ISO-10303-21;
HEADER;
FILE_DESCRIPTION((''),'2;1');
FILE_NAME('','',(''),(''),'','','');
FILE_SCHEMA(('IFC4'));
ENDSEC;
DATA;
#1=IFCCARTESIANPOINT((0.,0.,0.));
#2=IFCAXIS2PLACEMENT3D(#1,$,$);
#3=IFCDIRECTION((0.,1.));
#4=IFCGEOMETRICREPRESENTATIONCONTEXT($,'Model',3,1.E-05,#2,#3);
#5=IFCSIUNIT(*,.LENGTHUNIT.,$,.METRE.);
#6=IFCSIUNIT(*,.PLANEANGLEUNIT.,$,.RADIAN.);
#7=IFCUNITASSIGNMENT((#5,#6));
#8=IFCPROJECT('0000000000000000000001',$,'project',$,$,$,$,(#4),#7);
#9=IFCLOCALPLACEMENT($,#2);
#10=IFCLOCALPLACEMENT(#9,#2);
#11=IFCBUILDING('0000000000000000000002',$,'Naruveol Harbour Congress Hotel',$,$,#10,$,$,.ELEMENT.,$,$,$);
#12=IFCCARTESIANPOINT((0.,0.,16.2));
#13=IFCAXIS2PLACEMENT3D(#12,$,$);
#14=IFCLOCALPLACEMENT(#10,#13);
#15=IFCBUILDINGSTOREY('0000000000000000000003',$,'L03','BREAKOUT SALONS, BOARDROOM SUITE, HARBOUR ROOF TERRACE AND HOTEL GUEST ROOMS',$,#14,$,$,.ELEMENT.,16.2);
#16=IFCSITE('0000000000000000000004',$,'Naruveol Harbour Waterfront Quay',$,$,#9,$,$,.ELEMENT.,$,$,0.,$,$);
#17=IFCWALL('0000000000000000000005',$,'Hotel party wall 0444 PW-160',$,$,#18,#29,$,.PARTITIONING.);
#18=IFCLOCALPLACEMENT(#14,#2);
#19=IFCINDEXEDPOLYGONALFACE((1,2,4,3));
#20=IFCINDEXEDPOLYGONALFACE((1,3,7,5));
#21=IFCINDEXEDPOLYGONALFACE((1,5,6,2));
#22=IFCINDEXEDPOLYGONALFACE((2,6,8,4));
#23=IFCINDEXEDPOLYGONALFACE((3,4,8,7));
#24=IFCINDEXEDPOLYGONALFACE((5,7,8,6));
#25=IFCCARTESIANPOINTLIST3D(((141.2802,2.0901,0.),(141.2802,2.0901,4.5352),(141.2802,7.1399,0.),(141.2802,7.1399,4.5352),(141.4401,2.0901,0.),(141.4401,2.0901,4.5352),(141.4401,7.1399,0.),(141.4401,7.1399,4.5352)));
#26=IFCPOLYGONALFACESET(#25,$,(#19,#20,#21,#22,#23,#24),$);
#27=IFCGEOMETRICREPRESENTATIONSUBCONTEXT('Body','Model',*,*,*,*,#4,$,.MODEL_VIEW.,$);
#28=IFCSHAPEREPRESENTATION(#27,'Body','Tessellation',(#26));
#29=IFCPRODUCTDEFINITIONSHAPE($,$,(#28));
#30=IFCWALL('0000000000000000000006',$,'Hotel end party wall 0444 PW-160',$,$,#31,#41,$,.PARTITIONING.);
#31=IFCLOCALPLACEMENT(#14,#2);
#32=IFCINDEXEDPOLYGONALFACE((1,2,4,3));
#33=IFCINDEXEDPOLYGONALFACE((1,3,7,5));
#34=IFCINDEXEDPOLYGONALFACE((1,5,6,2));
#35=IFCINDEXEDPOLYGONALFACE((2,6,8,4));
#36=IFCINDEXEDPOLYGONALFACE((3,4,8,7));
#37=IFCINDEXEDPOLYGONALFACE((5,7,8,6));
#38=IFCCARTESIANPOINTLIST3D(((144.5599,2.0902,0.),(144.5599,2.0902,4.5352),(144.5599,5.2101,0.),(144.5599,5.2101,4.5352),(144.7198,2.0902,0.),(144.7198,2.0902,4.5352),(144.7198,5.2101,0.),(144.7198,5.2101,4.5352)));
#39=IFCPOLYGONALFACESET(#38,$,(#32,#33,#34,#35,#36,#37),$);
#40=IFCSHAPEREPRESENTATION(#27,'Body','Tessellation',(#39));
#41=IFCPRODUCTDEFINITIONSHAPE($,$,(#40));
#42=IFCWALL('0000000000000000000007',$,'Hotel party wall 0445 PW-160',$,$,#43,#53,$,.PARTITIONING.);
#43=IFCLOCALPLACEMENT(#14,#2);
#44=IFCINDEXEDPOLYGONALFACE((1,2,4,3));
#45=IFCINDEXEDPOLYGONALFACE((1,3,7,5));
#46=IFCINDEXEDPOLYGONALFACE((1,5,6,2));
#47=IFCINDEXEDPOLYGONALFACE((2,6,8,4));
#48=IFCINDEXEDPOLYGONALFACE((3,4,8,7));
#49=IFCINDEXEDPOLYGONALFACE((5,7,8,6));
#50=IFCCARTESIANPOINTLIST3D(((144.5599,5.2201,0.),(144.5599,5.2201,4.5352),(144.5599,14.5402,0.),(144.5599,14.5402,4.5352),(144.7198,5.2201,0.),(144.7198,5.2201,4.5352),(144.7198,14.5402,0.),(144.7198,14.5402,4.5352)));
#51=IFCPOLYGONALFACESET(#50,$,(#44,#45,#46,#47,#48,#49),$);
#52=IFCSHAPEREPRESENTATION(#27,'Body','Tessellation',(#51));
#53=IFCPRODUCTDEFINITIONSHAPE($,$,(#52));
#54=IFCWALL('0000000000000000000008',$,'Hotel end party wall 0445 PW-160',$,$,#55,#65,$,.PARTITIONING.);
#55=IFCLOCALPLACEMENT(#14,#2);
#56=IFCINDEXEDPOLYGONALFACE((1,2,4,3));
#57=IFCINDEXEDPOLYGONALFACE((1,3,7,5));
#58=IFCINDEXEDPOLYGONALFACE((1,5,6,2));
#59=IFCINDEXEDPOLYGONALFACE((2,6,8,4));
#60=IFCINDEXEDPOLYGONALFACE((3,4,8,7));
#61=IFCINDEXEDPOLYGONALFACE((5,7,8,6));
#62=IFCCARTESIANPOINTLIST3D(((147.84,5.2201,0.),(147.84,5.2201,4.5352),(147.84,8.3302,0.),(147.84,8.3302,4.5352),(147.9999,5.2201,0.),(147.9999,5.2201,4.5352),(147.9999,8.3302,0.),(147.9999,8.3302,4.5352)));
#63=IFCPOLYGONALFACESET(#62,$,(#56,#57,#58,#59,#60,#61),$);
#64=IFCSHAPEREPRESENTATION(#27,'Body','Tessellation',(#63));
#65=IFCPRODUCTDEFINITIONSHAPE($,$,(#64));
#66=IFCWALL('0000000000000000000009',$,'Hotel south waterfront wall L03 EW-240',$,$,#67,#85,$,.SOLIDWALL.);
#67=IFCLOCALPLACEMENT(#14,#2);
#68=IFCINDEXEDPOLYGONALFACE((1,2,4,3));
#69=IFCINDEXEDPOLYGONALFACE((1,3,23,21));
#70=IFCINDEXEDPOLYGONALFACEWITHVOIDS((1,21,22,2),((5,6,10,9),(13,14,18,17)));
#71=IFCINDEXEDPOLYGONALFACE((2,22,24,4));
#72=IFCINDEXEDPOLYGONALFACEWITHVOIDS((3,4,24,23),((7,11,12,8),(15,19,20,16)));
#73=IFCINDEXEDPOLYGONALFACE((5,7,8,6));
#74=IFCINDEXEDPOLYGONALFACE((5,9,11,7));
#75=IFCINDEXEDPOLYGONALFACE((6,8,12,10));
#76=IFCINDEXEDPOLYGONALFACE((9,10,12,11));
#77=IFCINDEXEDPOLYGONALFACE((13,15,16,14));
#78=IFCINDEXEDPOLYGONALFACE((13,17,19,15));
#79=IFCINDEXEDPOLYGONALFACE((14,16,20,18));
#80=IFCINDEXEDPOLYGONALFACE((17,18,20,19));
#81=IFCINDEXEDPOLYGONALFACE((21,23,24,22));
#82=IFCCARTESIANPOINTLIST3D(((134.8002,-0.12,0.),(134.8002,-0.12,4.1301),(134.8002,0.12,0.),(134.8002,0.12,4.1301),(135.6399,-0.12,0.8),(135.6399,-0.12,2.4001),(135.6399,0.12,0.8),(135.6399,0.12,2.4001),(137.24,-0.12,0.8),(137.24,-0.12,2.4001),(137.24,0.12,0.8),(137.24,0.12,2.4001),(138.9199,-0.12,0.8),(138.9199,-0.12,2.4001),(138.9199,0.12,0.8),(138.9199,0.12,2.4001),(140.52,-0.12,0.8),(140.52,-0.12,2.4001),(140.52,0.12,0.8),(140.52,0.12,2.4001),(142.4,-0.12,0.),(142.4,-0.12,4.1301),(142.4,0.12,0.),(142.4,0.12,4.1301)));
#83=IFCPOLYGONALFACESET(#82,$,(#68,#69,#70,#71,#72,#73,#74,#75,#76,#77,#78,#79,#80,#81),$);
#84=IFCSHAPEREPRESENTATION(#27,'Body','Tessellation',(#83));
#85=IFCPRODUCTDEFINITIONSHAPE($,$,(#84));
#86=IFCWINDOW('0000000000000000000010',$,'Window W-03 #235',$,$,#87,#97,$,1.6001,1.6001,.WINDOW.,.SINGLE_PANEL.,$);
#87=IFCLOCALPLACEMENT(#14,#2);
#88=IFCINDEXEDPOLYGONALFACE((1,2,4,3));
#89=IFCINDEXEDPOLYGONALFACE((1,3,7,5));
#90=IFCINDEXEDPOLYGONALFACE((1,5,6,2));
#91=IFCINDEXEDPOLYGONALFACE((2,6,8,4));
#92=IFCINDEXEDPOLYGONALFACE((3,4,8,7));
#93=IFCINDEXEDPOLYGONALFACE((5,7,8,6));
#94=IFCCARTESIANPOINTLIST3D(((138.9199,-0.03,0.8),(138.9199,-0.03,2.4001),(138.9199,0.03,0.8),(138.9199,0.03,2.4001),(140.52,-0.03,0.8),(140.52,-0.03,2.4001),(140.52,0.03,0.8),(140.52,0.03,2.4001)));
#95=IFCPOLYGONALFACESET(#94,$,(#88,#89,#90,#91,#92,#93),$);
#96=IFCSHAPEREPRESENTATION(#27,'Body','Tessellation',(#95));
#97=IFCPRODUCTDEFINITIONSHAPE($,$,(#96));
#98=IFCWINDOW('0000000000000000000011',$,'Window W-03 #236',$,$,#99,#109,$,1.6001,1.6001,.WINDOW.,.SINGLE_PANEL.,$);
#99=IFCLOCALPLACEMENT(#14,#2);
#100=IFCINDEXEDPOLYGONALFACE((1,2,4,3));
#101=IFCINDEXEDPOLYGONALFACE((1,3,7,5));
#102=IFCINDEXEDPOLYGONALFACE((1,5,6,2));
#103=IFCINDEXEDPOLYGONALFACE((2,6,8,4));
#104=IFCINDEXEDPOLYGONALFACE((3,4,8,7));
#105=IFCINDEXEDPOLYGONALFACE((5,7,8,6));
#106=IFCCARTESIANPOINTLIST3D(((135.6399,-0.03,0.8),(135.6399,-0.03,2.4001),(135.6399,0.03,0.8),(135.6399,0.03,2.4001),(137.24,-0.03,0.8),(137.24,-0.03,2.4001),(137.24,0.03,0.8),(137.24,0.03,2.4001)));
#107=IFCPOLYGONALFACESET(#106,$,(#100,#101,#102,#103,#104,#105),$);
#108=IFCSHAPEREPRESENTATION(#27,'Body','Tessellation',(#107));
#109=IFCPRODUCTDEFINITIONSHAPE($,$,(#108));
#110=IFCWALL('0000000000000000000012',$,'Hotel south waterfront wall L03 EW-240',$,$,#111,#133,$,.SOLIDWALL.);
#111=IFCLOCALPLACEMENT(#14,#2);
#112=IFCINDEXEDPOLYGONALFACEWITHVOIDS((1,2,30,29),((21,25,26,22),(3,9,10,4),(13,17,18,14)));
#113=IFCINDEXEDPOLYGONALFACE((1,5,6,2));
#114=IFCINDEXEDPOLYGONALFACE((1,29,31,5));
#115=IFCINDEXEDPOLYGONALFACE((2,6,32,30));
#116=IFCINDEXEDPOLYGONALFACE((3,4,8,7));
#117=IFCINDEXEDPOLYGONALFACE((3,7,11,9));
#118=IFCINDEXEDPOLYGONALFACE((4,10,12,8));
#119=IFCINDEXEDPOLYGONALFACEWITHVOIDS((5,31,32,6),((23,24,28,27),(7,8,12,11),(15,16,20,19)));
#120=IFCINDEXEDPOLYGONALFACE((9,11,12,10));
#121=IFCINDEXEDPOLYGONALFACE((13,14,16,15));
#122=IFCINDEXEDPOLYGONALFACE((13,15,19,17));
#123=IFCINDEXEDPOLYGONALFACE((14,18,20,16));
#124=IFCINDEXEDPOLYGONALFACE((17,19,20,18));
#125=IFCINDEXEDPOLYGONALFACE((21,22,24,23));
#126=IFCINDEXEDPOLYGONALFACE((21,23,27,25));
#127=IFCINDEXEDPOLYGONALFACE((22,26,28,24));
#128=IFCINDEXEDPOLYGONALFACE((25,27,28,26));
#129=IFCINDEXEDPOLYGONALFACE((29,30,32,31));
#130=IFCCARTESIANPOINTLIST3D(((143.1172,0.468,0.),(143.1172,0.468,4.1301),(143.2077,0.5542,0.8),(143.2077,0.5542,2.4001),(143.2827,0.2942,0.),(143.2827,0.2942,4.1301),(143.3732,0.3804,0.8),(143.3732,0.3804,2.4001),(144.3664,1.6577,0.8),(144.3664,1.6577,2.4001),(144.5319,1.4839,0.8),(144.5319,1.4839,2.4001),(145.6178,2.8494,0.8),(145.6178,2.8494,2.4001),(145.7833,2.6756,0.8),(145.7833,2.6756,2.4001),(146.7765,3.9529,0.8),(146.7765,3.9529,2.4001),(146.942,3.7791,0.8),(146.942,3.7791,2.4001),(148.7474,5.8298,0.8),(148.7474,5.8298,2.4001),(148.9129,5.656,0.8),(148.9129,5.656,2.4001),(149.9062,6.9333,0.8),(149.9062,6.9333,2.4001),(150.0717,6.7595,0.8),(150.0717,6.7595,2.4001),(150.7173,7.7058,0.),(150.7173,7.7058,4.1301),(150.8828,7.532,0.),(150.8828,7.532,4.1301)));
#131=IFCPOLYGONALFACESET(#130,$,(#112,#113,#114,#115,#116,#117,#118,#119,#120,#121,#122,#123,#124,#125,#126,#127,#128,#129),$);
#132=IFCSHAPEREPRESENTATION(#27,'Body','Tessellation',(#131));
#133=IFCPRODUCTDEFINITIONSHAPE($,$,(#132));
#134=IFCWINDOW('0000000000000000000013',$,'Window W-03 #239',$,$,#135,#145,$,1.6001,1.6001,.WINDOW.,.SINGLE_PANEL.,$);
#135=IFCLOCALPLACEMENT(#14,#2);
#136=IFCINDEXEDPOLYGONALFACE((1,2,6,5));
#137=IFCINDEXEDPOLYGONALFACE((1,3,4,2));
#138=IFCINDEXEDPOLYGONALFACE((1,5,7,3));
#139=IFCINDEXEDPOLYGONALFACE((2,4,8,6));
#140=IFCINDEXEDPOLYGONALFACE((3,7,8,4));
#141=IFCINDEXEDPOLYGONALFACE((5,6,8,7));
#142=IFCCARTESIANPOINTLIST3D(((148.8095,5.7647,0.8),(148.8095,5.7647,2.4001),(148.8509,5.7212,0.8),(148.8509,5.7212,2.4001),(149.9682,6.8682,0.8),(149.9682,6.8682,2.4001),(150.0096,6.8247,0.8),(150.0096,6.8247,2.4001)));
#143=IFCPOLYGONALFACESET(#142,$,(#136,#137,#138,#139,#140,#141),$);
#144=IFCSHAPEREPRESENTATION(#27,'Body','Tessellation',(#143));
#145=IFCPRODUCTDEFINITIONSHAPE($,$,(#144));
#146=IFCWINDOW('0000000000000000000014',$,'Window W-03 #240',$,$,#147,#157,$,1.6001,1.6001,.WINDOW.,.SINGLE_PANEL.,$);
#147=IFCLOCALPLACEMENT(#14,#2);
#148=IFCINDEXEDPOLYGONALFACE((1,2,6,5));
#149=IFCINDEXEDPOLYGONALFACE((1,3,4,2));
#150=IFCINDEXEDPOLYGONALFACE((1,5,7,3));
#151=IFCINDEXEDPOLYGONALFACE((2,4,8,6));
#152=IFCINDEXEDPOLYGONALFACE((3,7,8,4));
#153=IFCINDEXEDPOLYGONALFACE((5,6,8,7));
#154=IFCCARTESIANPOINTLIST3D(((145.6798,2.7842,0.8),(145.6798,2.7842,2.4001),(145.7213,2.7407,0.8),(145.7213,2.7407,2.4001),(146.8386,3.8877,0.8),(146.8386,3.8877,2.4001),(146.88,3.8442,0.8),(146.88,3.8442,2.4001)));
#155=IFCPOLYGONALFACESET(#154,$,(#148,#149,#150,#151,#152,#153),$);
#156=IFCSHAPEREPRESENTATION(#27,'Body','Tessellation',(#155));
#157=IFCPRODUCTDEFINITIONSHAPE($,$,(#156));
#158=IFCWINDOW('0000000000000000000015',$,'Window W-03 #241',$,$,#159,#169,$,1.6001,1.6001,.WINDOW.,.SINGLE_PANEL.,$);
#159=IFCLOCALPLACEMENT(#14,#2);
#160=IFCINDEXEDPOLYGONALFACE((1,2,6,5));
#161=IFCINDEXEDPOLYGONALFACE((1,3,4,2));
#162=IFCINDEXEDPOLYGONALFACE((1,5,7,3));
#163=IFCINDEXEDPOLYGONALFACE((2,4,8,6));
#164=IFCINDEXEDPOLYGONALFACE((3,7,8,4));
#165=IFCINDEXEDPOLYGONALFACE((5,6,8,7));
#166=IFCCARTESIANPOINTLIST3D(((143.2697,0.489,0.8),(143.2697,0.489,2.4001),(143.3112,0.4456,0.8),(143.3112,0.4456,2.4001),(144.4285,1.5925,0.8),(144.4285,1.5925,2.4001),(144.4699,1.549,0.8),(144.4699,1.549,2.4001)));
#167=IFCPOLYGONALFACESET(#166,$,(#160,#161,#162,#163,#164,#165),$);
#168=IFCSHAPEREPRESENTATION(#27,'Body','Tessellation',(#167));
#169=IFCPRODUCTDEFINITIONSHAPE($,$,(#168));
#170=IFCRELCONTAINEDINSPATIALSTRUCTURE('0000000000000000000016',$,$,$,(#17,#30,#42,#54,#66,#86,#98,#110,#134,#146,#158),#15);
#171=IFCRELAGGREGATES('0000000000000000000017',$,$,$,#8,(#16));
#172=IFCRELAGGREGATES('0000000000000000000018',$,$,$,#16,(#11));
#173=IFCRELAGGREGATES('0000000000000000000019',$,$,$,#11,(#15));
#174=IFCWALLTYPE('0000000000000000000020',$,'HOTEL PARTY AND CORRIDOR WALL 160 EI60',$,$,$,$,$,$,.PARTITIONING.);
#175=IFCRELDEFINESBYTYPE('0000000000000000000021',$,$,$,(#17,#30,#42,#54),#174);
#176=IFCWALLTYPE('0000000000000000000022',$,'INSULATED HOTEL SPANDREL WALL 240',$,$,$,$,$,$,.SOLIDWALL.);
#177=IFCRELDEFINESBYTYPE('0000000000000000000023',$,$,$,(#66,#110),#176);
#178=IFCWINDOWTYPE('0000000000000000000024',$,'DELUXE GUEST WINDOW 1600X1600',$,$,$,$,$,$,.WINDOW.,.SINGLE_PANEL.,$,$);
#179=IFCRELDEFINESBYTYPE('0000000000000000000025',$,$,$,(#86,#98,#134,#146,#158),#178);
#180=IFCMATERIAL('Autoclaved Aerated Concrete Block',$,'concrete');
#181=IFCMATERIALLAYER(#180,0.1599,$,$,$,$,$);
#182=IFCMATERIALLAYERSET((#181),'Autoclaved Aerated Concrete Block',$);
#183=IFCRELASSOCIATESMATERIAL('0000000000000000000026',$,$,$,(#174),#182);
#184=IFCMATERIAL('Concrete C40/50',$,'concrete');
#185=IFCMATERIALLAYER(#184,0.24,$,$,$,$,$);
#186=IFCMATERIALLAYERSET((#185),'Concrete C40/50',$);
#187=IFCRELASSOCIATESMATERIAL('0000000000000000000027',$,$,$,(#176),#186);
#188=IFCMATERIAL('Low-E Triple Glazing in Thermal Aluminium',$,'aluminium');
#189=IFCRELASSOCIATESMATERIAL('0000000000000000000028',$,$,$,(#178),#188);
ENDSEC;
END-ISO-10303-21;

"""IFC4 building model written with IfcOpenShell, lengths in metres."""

from ifc_helpers import new_model, si_unit, direction, frame, frame_2d, origin, place, context, subcontext, project, spatial, rectangle, extrude, material, layer, layer_set, type_object, element, fill, save


model = new_model("IFC4")

# Units and contexts
model_context = context("Model", 3, precision=1e-05, world=origin(), true_north=direction((0.0, 1.0)))
body_context = subcontext(model_context, "Body", "Model", "MODEL_VIEW")
ifc_project = project(units=[si_unit("LENGTHUNIT", "METRE"), si_unit("PLANEANGLEUNIT", "RADIAN")], contexts=[model_context])

# Site, building, storey
site_placement = place(None, origin())
site = spatial("IfcSite", under=ifc_project, at=site_placement, Name="Naruveol Harbour Waterfront Quay", CompositionType="ELEMENT", RefElevation=0.0)
building_placement = place(site_placement, origin())
building = spatial("IfcBuilding", under=site, at=building_placement, Name="Naruveol Harbour Congress Hotel", CompositionType="ELEMENT")
storey_placement = place(building_placement, frame((0.0, 0.0, 16.2)))
storey = spatial("IfcBuildingStorey", under=building, at=storey_placement, Name="L03", Description="BREAKOUT SALONS, BOARDROOM SUITE, HARBOUR ROOF TERRACE AND HOTEL GUEST ROOMS", CompositionType="ELEMENT", Elevation=16.2)

# Shared definitions
ifc_material_1 = material(Name="Autoclaved Aerated Concrete Block", Category="concrete")
ifc_layer_1 = layer(ifc_material_1, 0.1599)
ifc_layer_set_1 = layer_set([ifc_layer_1], Name="Autoclaved Aerated Concrete Block")
wall_type_1 = type_object("IfcWallType", Name="HOTEL PARTY AND CORRIDOR WALL 160 EI60", PredefinedType="PARTITIONING", material=ifc_layer_set_1)

# Walls
wall_1_placement = place(storey_placement, frame((141.3601, 2.0901, 0.0), z_axis=(0.0, 0.0, 1.0), x_axis=(0.0, 1.0, 0.0)))
element("IfcWall", 1, at=wall_1_placement, inside=storey, type_object=wall_type_1, Name="Hotel party wall 0444 PW-160", PredefinedType="PARTITIONING", context=body_context, shape_type="SweptSolid", body=[
    extrude(rectangle(XDim=5.0498, YDim=0.1599, at=frame_2d((2.5249, 0.0))), origin(), (0.0, 0.0, 1.0), 4.5352),
])
wall_2_placement = place(storey_placement, frame((144.6399, 2.0901, 0.0), z_axis=(0.0, 0.0, 1.0), x_axis=(0.0, 1.0, 0.0)))
element("IfcWall", 2, at=wall_2_placement, inside=storey, type_object=wall_type_1, Name="Hotel end party wall 0444 PW-160", PredefinedType="PARTITIONING", context=body_context, shape_type="SweptSolid", body=[
    extrude(rectangle(XDim=3.1199, YDim=0.1599, at=frame_2d((1.5601, 0.0))), origin(), (0.0, 0.0, 1.0), 4.5352),
])
wall_3_placement = place(storey_placement, frame((144.6399, 5.22, 0.0), z_axis=(0.0, 0.0, 1.0), x_axis=(0.0, 1.0, 0.0)))
element("IfcWall", 3, at=wall_3_placement, inside=storey, type_object=wall_type_1, Name="Hotel party wall 0445 PW-160", PredefinedType="PARTITIONING", context=body_context, shape_type="SweptSolid", body=[
    extrude(rectangle(XDim=9.3201, YDim=0.1599, at=frame_2d((4.6602, 0.0))), origin(), (0.0, 0.0, 1.0), 4.5352),
])
wall_4_placement = place(storey_placement, frame((147.9199, 5.22, 0.0), z_axis=(0.0, 0.0, 1.0), x_axis=(0.0, 1.0, 0.0)))
element("IfcWall", 4, at=wall_4_placement, inside=storey, type_object=wall_type_1, Name="Hotel end party wall 0445 PW-160", PredefinedType="PARTITIONING", context=body_context, shape_type="SweptSolid", body=[
    extrude(rectangle(XDim=3.1101, YDim=0.1599, at=frame_2d((1.5552, 0.0))), origin(), (0.0, 0.0, 1.0), 4.5352),
])

# Walls, openings, windows
ifc_material_2 = material(Name="Concrete C40/50", Category="concrete")
ifc_layer_2 = layer(ifc_material_2, 0.24)
ifc_layer_set_2 = layer_set([ifc_layer_2], Name="Concrete C40/50")
wall_type_2 = type_object("IfcWallType", Name="INSULATED HOTEL SPANDREL WALL 240", PredefinedType="SOLIDWALL", material=ifc_layer_set_2)
wall_5_placement = place(storey_placement, frame((142.3999, 0.0, 0.0), z_axis=(0.0, 0.0, 1.0), x_axis=(-1.0, 0.0, 0.0)))
wall_5 = element("IfcWall", 5, at=wall_5_placement, inside=storey, type_object=wall_type_2, Name="Hotel south waterfront wall L03 EW-240", PredefinedType="SOLIDWALL", context=body_context, shape_type="SweptSolid", body=[
    extrude(rectangle(XDim=7.5999, YDim=0.24, at=frame_2d((3.7998, 0.0))), origin(), (0.0, 0.0, 1.0), 4.1301),
])
opening_1_placement = place(wall_5_placement, frame((1.8799, 0.0, 0.8)))
opening_1 = element("IfcOpeningElement", 6, at=opening_1_placement, cuts=wall_5, PredefinedType="OPENING", context=body_context, shape_type="SweptSolid", body=[
    extrude(rectangle(XDim=1.6001, YDim=1.6001, at=frame_2d((0.8, 0.8))), frame((0.0, 0.1299, 0.0), z_axis=(0.0, -1.0, 0.0), x_axis=(1.0, 0.0, 0.0)), (0.0, 0.0, 1.0), 0.26),
])
opening_2_placement = place(wall_5_placement, frame((5.1599, 0.0, 0.8)))
opening_2 = element("IfcOpeningElement", 7, at=opening_2_placement, cuts=wall_5, PredefinedType="OPENING", context=body_context, shape_type="SweptSolid", body=[
    extrude(rectangle(XDim=1.6001, YDim=1.6001, at=frame_2d((0.8, 0.8))), frame((0.0, 0.1299, 0.0), z_axis=(0.0, -1.0, 0.0), x_axis=(1.0, 0.0, 0.0)), (0.0, 0.0, 1.0), 0.26),
])
ifc_material_3 = material(Name="Low-E Triple Glazing in Thermal Aluminium", Category="aluminium")
window_type = type_object("IfcWindowType", Name="DELUXE GUEST WINDOW 1600X1600", PartitioningType="SINGLE_PANEL", PredefinedType="WINDOW", material=ifc_material_3)
window_1_placement = place(opening_1_placement, origin())
window_1 = element("IfcWindow", 8, at=window_1_placement, inside=storey, type_object=window_type, Name="Window W-03 #235", OverallHeight=1.6001, OverallWidth=1.6001, PartitioningType="SINGLE_PANEL", PredefinedType="WINDOW", context=body_context, shape_type="SweptSolid", body=[
    extrude(rectangle(XDim=1.6001, YDim=1.6001, at=frame_2d((0.8, 0.8))), frame((0.0, 0.03, 0.0), z_axis=(0.0, -1.0, 0.0), x_axis=(1.0, 0.0, 0.0)), (0.0, 0.0, 1.0), 0.0601),
])
fill(opening_1, window_1)
window_2_placement = place(opening_2_placement, origin())
window_2 = element("IfcWindow", 9, at=window_2_placement, inside=storey, type_object=window_type, Name="Window W-03 #236", OverallHeight=1.6001, OverallWidth=1.6001, PartitioningType="SINGLE_PANEL", PredefinedType="WINDOW", context=body_context, shape_type="SweptSolid", body=[
    extrude(rectangle(XDim=1.6001, YDim=1.6001, at=frame_2d((0.8, 0.8))), frame((0.0, 0.03, 0.0), z_axis=(0.0, -1.0, 0.0), x_axis=(1.0, 0.0, 0.0)), (0.0, 0.0, 1.0), 0.0601),
])
fill(opening_2, window_2)
wall_6_placement = place(storey_placement, frame((150.8, 7.6189, 0.0), z_axis=(0.0, 0.0, 1.0), x_axis=(-0.724157, -0.689635, 0.0)))
wall_6 = element("IfcWall", 10, at=wall_6_placement, inside=storey, type_object=wall_type_2, Name="Hotel south waterfront wall L03 EW-240", PredefinedType="SOLIDWALL", context=body_context, shape_type="SweptSolid", body=[
    extrude(rectangle(XDim=10.4951, YDim=0.24, at=frame_2d((5.2476, 0.0))), origin(), (0.0, 0.0, 1.0), 4.1301),
])
opening_3_placement = place(wall_6_placement, frame((1.1201, 0.0, 0.8)))
opening_3 = element("IfcOpeningElement", 11, at=opening_3_placement, cuts=wall_6, PredefinedType="OPENING", context=body_context, shape_type="SweptSolid", body=[
    extrude(rectangle(XDim=1.6001, YDim=1.6001, at=frame_2d((0.8, 0.8))), frame((0.0, 0.1299, 0.0), z_axis=(0.0, -1.0, 0.0), x_axis=(1.0, 0.0, 0.0)), (0.0, 0.0, 1.0), 0.26),
])
opening_4_placement = place(wall_6_placement, frame((5.4419, 0.0, 0.8)))
opening_4 = element("IfcOpeningElement", 12, at=opening_4_placement, cuts=wall_6, PredefinedType="OPENING", context=body_context, shape_type="SweptSolid", body=[
    extrude(rectangle(XDim=1.6001, YDim=1.6001, at=frame_2d((0.8, 0.8))), frame((0.0, 0.1299, 0.0), z_axis=(0.0, -1.0, 0.0), x_axis=(1.0, 0.0, 0.0)), (0.0, 0.0, 1.0), 0.26),
])
opening_5_placement = place(wall_6_placement, frame((8.77, 0.0, 0.8)))
opening_5 = element("IfcOpeningElement", 13, at=opening_5_placement, cuts=wall_6, PredefinedType="OPENING", context=body_context, shape_type="SweptSolid", body=[
    extrude(rectangle(XDim=1.6001, YDim=1.6001, at=frame_2d((0.8, 0.8))), frame((0.0, 0.1299, 0.0), z_axis=(0.0, -1.0, 0.0), x_axis=(1.0, 0.0, 0.0)), (0.0, 0.0, 1.0), 0.26),
])
window_3_placement = place(opening_3_placement, origin())
window_3 = element("IfcWindow", 14, at=window_3_placement, inside=storey, type_object=window_type, Name="Window W-03 #239", OverallHeight=1.6001, OverallWidth=1.6001, PartitioningType="SINGLE_PANEL", PredefinedType="WINDOW", context=body_context, shape_type="SweptSolid", body=[
    extrude(rectangle(XDim=1.6001, YDim=1.6001, at=frame_2d((0.8, 0.8))), frame((0.0, 0.03, 0.0), z_axis=(0.0, -1.0, 0.0), x_axis=(1.0, 0.0, 0.0)), (0.0, 0.0, 1.0), 0.0601),
])
fill(opening_3, window_3)
window_4_placement = place(opening_4_placement, origin())
window_4 = element("IfcWindow", 15, at=window_4_placement, inside=storey, type_object=window_type, Name="Window W-03 #240", OverallHeight=1.6001, OverallWidth=1.6001, PartitioningType="SINGLE_PANEL", PredefinedType="WINDOW", context=body_context, shape_type="SweptSolid", body=[
    extrude(rectangle(XDim=1.6001, YDim=1.6001, at=frame_2d((0.8, 0.8))), frame((0.0, 0.03, 0.0), z_axis=(0.0, -1.0, 0.0), x_axis=(1.0, 0.0, 0.0)), (0.0, 0.0, 1.0), 0.0601),
])
fill(opening_4, window_4)
window_5_placement = place(opening_5_placement, origin())
window_5 = element("IfcWindow", 16, at=window_5_placement, inside=storey, type_object=window_type, Name="Window W-03 #241", OverallHeight=1.6001, OverallWidth=1.6001, PartitioningType="SINGLE_PANEL", PredefinedType="WINDOW", context=body_context, shape_type="SweptSolid", body=[
    extrude(rectangle(XDim=1.6001, YDim=1.6001, at=frame_2d((0.8, 0.8))), frame((0.0, 0.03, 0.0), z_axis=(0.0, -1.0, 0.0), x_axis=(1.0, 0.0, 0.0)), (0.0, 0.0, 1.0), 0.0601),
])
fill(opening_5, window_5)

save(model, "model.ifc")
